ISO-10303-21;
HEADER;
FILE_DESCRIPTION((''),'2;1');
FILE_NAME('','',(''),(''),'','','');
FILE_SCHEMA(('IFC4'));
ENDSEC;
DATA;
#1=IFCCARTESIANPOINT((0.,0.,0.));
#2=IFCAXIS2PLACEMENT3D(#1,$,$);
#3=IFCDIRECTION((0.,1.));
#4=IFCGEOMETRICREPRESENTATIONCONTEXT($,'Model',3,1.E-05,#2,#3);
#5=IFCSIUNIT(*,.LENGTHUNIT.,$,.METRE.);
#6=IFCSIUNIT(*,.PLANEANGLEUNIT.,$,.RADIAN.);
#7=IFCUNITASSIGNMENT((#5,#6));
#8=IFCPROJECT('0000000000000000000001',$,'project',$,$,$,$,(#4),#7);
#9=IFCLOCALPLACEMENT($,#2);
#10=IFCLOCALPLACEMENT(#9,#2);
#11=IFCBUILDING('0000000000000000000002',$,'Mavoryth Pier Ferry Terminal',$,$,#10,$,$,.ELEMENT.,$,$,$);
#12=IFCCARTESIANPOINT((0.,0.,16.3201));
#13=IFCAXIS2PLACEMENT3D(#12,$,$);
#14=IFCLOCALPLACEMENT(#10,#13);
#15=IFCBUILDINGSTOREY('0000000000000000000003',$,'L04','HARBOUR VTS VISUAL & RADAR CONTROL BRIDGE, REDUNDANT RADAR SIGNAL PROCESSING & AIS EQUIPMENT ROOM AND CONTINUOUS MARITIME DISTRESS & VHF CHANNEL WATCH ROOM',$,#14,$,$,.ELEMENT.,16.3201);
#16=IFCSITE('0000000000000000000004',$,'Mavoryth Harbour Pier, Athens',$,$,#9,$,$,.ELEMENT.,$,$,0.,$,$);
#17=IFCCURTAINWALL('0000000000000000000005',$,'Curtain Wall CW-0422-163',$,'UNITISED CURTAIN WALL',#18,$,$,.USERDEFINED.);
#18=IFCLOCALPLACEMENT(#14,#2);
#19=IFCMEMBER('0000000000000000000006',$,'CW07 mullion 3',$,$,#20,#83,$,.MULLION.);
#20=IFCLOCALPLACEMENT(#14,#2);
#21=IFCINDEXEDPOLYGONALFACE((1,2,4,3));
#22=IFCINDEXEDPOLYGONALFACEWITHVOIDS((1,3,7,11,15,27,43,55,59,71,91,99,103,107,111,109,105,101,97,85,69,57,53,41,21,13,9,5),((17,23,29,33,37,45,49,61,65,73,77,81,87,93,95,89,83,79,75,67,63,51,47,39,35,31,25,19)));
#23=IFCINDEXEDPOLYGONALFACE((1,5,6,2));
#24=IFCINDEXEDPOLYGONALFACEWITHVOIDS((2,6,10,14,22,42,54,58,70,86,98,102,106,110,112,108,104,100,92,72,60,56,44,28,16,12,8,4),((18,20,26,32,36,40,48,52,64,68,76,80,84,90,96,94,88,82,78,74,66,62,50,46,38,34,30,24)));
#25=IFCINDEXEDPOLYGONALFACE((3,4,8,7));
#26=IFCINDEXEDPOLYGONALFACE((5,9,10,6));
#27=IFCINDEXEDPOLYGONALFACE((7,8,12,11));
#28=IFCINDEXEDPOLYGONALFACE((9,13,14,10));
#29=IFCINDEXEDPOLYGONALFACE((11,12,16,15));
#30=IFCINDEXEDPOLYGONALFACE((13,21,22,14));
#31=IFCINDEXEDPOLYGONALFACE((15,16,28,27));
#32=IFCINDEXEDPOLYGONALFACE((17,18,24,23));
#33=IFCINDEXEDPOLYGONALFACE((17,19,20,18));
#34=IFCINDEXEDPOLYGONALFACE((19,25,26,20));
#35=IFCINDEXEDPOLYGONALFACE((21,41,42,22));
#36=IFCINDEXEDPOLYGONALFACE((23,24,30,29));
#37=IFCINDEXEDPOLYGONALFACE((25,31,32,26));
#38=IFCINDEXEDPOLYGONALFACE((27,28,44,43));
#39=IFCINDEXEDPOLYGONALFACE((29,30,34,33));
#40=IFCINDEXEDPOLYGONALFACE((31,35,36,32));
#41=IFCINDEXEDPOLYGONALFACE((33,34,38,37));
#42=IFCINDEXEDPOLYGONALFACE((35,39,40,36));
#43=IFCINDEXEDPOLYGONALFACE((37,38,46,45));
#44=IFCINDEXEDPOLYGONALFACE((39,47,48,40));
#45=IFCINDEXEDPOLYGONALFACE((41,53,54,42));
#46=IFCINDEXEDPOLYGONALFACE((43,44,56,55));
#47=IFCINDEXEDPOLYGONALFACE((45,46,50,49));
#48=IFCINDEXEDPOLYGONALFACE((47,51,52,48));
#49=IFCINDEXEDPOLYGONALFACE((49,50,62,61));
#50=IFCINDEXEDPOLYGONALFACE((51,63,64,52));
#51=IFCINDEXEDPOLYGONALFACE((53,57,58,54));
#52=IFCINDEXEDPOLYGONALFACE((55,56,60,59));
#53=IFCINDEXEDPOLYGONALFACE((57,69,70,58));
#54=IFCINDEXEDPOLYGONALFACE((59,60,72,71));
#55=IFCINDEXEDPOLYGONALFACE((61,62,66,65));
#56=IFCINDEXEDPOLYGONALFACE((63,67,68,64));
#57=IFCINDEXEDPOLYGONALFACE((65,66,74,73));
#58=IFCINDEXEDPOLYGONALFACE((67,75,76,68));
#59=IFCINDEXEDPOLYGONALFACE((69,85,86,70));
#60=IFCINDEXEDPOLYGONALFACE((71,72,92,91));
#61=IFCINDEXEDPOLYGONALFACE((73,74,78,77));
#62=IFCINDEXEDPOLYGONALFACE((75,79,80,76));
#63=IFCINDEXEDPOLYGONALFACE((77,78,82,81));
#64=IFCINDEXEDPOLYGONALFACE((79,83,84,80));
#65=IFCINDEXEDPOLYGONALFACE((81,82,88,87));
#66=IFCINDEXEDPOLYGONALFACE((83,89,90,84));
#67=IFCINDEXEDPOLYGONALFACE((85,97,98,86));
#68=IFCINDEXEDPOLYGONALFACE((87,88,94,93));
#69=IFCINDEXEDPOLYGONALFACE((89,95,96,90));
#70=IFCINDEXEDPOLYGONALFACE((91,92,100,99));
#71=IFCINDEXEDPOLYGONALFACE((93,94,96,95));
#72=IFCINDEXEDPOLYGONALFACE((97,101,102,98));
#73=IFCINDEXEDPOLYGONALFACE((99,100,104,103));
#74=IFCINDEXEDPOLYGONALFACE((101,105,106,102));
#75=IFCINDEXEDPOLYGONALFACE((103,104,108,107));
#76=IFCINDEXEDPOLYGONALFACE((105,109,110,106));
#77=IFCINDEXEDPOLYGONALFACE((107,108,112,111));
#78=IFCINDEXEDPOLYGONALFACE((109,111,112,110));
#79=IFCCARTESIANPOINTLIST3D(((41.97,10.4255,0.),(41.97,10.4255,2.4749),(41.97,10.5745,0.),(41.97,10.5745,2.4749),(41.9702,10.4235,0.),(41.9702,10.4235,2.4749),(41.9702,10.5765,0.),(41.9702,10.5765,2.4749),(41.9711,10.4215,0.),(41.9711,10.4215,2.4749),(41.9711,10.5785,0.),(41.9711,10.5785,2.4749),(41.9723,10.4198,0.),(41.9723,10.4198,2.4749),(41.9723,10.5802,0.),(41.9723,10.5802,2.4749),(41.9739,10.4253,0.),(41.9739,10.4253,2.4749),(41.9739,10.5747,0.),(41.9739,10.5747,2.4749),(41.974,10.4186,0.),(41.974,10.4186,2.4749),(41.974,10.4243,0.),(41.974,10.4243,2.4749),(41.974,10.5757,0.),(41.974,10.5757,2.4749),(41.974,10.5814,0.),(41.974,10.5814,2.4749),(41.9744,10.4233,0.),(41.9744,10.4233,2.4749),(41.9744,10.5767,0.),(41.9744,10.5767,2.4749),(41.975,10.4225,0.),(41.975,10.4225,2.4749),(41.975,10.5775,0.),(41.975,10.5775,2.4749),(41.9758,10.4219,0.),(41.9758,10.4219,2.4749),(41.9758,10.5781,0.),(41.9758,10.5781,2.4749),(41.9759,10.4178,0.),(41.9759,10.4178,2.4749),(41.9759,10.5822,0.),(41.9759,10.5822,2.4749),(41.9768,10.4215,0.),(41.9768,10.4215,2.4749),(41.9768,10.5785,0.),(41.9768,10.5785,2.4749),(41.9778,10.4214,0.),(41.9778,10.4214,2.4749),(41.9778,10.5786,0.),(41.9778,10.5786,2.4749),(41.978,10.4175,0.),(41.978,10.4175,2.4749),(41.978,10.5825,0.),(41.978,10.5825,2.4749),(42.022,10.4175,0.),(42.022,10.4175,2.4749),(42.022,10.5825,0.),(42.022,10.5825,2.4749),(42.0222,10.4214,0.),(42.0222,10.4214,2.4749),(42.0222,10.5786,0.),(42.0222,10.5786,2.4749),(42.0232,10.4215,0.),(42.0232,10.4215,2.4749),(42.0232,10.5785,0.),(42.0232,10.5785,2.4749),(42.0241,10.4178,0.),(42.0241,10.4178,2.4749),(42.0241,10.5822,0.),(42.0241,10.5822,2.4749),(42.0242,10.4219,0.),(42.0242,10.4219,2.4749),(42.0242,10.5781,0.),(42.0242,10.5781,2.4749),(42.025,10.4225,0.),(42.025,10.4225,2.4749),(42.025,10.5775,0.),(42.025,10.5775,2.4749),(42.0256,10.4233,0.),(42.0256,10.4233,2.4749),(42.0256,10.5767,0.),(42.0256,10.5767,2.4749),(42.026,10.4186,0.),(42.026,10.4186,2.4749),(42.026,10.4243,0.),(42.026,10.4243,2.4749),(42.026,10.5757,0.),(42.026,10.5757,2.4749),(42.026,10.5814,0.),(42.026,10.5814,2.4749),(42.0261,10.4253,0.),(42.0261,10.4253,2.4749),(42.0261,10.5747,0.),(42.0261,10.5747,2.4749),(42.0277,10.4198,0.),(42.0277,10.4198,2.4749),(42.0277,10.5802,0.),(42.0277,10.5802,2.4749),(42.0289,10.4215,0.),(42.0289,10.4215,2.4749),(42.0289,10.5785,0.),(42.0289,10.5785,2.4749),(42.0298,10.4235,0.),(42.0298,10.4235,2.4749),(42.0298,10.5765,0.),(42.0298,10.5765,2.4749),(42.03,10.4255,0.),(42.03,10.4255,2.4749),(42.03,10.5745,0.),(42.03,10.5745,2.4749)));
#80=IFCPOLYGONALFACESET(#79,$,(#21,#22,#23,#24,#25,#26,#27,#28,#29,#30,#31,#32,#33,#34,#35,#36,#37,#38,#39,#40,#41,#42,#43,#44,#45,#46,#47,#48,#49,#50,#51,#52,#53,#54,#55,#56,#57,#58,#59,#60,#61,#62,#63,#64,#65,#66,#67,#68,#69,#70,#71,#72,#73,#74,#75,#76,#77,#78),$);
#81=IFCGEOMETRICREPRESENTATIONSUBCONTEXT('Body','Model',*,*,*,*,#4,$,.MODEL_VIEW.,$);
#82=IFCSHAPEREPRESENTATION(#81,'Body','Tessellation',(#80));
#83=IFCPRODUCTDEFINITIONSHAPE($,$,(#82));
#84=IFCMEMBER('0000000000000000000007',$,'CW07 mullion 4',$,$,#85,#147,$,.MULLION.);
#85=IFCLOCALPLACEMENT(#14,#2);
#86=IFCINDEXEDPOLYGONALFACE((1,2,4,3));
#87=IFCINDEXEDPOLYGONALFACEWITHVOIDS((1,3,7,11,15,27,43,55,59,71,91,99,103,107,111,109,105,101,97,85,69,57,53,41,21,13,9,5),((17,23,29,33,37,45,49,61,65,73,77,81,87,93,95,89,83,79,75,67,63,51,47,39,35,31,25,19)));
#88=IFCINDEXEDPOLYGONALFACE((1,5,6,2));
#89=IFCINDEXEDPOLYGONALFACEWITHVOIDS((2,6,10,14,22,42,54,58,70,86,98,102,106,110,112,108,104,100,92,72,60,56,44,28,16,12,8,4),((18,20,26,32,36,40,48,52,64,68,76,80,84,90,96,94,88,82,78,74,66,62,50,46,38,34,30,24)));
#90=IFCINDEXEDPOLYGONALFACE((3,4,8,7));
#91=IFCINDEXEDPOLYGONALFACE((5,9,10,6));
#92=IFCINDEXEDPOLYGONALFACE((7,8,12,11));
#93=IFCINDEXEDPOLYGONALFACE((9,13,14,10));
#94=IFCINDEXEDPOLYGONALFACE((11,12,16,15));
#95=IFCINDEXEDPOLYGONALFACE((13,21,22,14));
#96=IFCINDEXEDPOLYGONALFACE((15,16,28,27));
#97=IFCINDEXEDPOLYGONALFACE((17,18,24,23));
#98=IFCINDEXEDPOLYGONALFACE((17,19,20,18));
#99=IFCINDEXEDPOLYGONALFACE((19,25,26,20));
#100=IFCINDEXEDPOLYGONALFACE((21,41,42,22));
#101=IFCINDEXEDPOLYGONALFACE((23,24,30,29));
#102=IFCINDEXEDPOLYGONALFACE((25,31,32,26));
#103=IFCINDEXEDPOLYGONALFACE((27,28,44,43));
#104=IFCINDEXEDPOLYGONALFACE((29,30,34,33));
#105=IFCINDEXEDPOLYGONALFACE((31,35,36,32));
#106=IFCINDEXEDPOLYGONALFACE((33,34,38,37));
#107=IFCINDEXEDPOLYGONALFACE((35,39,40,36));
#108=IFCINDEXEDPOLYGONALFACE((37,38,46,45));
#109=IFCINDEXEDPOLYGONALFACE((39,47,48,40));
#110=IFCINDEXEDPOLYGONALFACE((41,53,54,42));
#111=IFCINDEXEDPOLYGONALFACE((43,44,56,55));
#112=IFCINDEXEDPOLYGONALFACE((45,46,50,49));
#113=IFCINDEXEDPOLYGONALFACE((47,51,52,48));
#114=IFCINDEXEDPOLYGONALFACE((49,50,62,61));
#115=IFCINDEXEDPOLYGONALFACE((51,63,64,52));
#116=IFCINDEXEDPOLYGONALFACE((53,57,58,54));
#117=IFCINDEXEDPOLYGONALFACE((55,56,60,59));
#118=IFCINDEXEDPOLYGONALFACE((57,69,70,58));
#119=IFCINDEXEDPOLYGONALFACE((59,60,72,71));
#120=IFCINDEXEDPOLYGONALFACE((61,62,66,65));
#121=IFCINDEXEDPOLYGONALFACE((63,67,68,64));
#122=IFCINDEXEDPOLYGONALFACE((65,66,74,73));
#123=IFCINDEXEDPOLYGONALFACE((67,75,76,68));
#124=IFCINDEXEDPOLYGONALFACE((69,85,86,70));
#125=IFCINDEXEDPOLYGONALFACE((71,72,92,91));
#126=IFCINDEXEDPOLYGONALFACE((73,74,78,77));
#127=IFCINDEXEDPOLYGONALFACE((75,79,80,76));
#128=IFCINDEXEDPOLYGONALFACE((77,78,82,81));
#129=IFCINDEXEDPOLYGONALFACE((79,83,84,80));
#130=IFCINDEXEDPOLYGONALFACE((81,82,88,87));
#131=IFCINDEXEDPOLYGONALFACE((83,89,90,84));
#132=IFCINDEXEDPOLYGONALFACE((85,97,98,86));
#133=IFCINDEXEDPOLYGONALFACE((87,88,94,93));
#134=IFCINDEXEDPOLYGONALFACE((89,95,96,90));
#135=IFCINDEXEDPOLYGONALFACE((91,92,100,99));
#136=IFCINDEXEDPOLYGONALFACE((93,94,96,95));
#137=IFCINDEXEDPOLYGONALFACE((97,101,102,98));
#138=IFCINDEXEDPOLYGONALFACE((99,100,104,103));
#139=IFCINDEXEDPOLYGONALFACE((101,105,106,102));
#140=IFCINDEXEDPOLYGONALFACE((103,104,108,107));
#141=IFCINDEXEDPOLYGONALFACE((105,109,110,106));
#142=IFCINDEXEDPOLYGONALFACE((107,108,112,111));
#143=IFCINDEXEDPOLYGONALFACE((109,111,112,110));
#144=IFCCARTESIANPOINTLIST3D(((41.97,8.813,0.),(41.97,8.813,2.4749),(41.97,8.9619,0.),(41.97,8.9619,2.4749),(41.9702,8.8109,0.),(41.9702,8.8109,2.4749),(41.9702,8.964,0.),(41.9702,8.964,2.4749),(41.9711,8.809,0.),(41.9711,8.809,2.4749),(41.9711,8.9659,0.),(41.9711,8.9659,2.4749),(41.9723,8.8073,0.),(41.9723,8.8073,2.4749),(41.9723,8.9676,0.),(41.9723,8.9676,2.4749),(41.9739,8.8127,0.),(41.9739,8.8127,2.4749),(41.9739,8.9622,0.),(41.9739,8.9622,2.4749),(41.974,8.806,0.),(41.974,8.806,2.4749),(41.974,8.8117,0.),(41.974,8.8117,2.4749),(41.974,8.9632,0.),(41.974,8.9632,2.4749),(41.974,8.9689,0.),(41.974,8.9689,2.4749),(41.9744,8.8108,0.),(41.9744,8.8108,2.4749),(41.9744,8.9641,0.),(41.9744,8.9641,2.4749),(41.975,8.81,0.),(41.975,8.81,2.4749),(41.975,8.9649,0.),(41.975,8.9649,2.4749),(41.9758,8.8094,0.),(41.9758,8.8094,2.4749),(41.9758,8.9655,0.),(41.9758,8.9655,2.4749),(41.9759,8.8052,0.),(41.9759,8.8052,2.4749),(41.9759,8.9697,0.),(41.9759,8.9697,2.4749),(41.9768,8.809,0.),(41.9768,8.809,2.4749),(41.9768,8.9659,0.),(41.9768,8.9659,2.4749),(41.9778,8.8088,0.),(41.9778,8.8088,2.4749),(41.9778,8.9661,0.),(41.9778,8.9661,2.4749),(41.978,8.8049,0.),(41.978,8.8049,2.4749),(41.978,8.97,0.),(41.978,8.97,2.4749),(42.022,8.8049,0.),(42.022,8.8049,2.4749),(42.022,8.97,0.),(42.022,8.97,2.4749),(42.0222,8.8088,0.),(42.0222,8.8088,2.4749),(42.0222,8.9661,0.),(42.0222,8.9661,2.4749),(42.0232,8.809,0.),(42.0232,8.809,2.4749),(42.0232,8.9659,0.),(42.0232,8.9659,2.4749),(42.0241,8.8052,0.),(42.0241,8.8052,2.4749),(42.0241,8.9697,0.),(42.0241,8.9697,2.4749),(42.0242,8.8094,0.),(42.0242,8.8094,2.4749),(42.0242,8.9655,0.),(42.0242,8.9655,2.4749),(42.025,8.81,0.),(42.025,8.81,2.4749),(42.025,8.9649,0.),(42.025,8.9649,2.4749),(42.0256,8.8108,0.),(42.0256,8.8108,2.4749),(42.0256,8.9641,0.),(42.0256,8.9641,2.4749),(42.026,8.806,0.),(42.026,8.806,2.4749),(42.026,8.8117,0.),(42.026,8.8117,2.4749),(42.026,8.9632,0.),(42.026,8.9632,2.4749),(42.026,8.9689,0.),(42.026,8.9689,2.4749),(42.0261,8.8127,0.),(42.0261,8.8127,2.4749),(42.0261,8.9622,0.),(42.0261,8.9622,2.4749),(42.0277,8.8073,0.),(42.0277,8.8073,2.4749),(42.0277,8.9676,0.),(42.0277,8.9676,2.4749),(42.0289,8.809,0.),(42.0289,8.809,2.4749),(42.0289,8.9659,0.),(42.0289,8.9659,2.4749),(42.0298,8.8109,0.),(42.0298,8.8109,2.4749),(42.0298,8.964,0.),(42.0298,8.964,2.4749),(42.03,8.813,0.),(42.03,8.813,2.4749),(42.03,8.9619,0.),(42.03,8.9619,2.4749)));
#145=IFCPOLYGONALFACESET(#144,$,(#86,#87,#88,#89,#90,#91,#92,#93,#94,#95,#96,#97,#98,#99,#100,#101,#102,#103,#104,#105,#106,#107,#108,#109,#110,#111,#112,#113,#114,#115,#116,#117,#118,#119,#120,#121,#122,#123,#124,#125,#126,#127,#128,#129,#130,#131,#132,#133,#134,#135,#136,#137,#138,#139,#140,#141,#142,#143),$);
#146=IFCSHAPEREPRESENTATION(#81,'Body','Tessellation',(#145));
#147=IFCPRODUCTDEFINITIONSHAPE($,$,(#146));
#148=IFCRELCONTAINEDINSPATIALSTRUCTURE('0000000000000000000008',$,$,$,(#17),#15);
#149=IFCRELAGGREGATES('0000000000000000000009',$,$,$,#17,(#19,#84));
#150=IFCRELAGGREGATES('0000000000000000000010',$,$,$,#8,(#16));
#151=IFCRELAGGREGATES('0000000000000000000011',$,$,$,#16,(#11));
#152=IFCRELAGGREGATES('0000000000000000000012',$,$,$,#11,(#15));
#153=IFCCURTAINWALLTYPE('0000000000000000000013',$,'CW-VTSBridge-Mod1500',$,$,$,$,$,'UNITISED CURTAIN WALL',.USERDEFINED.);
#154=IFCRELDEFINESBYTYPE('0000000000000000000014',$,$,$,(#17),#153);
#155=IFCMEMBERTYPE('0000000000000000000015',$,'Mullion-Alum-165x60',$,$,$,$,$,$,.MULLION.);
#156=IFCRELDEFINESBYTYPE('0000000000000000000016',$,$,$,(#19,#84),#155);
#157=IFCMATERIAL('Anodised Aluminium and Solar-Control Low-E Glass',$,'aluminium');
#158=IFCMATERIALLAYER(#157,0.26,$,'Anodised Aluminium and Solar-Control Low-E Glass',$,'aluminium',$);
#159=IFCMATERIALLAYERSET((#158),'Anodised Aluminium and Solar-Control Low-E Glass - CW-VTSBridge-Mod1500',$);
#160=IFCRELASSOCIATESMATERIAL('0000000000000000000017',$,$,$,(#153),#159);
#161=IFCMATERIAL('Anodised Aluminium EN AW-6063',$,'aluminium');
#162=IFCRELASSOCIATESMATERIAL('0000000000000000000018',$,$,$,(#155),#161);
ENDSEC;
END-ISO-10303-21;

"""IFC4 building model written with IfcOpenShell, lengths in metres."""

from ifc_helpers import new_model, si_unit, direction, frame, origin, origin_2d, place, context, subcontext, project, spatial, hollow_rectangle, extrude, material, layer, layer_set, material_profile, profile_set, type_object, element, aggregate, save


model = new_model("IFC4")

# Units and contexts
model_context = context("Model", 3, precision=1e-05, world=origin(), true_north=direction((0.0, 1.0)))
body_context = subcontext(model_context, "Body", "Model", "MODEL_VIEW")
ifc_project = project(units=[si_unit("LENGTHUNIT", "METRE"), si_unit("PLANEANGLEUNIT", "RADIAN")], contexts=[model_context])

# Site, building, storey
site_placement = place(None, origin())
site = spatial("IfcSite", under=ifc_project, at=site_placement, Name="Mavoryth Harbour Pier, Athens", CompositionType="ELEMENT", RefElevation=0.0)
building_placement = place(site_placement, origin())
building = spatial("IfcBuilding", under=site, at=building_placement, Name="Mavoryth Pier Ferry Terminal", CompositionType="ELEMENT")
storey_placement = place(building_placement, frame((0.0, 0.0, 16.3201)))
storey = spatial("IfcBuildingStorey", under=building, at=storey_placement, Name="L04", Description="HARBOUR VTS VISUAL & RADAR CONTROL BRIDGE, REDUNDANT RADAR SIGNAL PROCESSING & AIS EQUIPMENT ROOM AND CONTINUOUS MARITIME DISTRESS & VHF CHANNEL WATCH ROOM", CompositionType="ELEMENT", Elevation=16.3201)

# Curtain wall, members
ifc_material_1 = material(Name="Anodised Aluminium and Solar-Control Low-E Glass", Category="aluminium")
ifc_layer_1 = layer(ifc_material_1, 0.26, Name="Anodised Aluminium and Solar-Control Low-E Glass", Category="aluminium")
ifc_layer_set_1 = layer_set([ifc_layer_1], Name="Anodised Aluminium and Solar-Control Low-E Glass - CW-VTSBridge-Mod1500")
curtain_wall_type = type_object("IfcCurtainWallType", Name="CW-VTSBridge-Mod1500", ElementType="UNITISED CURTAIN WALL", PredefinedType="USERDEFINED", material=ifc_layer_set_1)
curtain_wall_1_placement = place(storey_placement, origin())
curtain_wall_1 = element("IfcCurtainWall", 1, at=curtain_wall_1_placement, inside=storey, type_object=curtain_wall_type, Name="Curtain Wall CW-0422-163", ObjectType="UNITISED CURTAIN WALL", PredefinedType="USERDEFINED")
ifc_material_2 = material(Name="Anodised Aluminium EN AW-6063", Category="aluminium")
ifc_material_profile_1 = material_profile(ifc_material_2, hollow_rectangle(XDim=0.0601, YDim=0.165, WallThickness=0.0039, InnerFilletRadius=0.0039, OuterFilletRadius=0.0081, at=origin_2d()), Name="AL-MULL 165x60x4", Category="aluminium")
ifc_profile_set_1 = profile_set([ifc_material_profile_1], Name="Anodised Aluminium EN AW-6063 - AL-MULL 165x60x4")
member_type_1 = type_object("IfcMemberType", Name="Mullion-Alum-165x60", PredefinedType="MULLION", material=ifc_profile_set_1)
member_1_placement = place(storey_placement, frame((42.0, 10.5, 0.0), z_axis=(0.0, 0.0, 1.0), x_axis=(1.0, 0.0, 0.0)))
member_1 = element("IfcMember", 2, at=member_1_placement, type_object=member_type_1, Name="CW07 mullion 3", PredefinedType="MULLION", context=body_context, shape_type="SweptSolid", body=[
    extrude(hollow_rectangle(XDim=0.0601, YDim=0.165, WallThickness=0.0039, InnerFilletRadius=0.0039, OuterFilletRadius=0.0081, at=origin_2d()), origin(), (0.0, 0.0, 1.0), 2.4749),
])
member_2_placement = place(storey_placement, frame((42.0, 8.8875, 0.0), z_axis=(0.0, 0.0, 1.0), x_axis=(1.0, 0.0, 0.0)))
member_2 = element("IfcMember", 3, at=member_2_placement, type_object=member_type_1, Name="CW07 mullion 4", PredefinedType="MULLION", context=body_context, shape_type="SweptSolid", body=[
    extrude(hollow_rectangle(XDim=0.0601, YDim=0.165, WallThickness=0.0039, InnerFilletRadius=0.0039, OuterFilletRadius=0.0081, at=origin_2d()), origin(), (0.0, 0.0, 1.0), 2.4749),
])

aggregate(curtain_wall_1, [member_1, member_2])

save(model, "model.ifc")
